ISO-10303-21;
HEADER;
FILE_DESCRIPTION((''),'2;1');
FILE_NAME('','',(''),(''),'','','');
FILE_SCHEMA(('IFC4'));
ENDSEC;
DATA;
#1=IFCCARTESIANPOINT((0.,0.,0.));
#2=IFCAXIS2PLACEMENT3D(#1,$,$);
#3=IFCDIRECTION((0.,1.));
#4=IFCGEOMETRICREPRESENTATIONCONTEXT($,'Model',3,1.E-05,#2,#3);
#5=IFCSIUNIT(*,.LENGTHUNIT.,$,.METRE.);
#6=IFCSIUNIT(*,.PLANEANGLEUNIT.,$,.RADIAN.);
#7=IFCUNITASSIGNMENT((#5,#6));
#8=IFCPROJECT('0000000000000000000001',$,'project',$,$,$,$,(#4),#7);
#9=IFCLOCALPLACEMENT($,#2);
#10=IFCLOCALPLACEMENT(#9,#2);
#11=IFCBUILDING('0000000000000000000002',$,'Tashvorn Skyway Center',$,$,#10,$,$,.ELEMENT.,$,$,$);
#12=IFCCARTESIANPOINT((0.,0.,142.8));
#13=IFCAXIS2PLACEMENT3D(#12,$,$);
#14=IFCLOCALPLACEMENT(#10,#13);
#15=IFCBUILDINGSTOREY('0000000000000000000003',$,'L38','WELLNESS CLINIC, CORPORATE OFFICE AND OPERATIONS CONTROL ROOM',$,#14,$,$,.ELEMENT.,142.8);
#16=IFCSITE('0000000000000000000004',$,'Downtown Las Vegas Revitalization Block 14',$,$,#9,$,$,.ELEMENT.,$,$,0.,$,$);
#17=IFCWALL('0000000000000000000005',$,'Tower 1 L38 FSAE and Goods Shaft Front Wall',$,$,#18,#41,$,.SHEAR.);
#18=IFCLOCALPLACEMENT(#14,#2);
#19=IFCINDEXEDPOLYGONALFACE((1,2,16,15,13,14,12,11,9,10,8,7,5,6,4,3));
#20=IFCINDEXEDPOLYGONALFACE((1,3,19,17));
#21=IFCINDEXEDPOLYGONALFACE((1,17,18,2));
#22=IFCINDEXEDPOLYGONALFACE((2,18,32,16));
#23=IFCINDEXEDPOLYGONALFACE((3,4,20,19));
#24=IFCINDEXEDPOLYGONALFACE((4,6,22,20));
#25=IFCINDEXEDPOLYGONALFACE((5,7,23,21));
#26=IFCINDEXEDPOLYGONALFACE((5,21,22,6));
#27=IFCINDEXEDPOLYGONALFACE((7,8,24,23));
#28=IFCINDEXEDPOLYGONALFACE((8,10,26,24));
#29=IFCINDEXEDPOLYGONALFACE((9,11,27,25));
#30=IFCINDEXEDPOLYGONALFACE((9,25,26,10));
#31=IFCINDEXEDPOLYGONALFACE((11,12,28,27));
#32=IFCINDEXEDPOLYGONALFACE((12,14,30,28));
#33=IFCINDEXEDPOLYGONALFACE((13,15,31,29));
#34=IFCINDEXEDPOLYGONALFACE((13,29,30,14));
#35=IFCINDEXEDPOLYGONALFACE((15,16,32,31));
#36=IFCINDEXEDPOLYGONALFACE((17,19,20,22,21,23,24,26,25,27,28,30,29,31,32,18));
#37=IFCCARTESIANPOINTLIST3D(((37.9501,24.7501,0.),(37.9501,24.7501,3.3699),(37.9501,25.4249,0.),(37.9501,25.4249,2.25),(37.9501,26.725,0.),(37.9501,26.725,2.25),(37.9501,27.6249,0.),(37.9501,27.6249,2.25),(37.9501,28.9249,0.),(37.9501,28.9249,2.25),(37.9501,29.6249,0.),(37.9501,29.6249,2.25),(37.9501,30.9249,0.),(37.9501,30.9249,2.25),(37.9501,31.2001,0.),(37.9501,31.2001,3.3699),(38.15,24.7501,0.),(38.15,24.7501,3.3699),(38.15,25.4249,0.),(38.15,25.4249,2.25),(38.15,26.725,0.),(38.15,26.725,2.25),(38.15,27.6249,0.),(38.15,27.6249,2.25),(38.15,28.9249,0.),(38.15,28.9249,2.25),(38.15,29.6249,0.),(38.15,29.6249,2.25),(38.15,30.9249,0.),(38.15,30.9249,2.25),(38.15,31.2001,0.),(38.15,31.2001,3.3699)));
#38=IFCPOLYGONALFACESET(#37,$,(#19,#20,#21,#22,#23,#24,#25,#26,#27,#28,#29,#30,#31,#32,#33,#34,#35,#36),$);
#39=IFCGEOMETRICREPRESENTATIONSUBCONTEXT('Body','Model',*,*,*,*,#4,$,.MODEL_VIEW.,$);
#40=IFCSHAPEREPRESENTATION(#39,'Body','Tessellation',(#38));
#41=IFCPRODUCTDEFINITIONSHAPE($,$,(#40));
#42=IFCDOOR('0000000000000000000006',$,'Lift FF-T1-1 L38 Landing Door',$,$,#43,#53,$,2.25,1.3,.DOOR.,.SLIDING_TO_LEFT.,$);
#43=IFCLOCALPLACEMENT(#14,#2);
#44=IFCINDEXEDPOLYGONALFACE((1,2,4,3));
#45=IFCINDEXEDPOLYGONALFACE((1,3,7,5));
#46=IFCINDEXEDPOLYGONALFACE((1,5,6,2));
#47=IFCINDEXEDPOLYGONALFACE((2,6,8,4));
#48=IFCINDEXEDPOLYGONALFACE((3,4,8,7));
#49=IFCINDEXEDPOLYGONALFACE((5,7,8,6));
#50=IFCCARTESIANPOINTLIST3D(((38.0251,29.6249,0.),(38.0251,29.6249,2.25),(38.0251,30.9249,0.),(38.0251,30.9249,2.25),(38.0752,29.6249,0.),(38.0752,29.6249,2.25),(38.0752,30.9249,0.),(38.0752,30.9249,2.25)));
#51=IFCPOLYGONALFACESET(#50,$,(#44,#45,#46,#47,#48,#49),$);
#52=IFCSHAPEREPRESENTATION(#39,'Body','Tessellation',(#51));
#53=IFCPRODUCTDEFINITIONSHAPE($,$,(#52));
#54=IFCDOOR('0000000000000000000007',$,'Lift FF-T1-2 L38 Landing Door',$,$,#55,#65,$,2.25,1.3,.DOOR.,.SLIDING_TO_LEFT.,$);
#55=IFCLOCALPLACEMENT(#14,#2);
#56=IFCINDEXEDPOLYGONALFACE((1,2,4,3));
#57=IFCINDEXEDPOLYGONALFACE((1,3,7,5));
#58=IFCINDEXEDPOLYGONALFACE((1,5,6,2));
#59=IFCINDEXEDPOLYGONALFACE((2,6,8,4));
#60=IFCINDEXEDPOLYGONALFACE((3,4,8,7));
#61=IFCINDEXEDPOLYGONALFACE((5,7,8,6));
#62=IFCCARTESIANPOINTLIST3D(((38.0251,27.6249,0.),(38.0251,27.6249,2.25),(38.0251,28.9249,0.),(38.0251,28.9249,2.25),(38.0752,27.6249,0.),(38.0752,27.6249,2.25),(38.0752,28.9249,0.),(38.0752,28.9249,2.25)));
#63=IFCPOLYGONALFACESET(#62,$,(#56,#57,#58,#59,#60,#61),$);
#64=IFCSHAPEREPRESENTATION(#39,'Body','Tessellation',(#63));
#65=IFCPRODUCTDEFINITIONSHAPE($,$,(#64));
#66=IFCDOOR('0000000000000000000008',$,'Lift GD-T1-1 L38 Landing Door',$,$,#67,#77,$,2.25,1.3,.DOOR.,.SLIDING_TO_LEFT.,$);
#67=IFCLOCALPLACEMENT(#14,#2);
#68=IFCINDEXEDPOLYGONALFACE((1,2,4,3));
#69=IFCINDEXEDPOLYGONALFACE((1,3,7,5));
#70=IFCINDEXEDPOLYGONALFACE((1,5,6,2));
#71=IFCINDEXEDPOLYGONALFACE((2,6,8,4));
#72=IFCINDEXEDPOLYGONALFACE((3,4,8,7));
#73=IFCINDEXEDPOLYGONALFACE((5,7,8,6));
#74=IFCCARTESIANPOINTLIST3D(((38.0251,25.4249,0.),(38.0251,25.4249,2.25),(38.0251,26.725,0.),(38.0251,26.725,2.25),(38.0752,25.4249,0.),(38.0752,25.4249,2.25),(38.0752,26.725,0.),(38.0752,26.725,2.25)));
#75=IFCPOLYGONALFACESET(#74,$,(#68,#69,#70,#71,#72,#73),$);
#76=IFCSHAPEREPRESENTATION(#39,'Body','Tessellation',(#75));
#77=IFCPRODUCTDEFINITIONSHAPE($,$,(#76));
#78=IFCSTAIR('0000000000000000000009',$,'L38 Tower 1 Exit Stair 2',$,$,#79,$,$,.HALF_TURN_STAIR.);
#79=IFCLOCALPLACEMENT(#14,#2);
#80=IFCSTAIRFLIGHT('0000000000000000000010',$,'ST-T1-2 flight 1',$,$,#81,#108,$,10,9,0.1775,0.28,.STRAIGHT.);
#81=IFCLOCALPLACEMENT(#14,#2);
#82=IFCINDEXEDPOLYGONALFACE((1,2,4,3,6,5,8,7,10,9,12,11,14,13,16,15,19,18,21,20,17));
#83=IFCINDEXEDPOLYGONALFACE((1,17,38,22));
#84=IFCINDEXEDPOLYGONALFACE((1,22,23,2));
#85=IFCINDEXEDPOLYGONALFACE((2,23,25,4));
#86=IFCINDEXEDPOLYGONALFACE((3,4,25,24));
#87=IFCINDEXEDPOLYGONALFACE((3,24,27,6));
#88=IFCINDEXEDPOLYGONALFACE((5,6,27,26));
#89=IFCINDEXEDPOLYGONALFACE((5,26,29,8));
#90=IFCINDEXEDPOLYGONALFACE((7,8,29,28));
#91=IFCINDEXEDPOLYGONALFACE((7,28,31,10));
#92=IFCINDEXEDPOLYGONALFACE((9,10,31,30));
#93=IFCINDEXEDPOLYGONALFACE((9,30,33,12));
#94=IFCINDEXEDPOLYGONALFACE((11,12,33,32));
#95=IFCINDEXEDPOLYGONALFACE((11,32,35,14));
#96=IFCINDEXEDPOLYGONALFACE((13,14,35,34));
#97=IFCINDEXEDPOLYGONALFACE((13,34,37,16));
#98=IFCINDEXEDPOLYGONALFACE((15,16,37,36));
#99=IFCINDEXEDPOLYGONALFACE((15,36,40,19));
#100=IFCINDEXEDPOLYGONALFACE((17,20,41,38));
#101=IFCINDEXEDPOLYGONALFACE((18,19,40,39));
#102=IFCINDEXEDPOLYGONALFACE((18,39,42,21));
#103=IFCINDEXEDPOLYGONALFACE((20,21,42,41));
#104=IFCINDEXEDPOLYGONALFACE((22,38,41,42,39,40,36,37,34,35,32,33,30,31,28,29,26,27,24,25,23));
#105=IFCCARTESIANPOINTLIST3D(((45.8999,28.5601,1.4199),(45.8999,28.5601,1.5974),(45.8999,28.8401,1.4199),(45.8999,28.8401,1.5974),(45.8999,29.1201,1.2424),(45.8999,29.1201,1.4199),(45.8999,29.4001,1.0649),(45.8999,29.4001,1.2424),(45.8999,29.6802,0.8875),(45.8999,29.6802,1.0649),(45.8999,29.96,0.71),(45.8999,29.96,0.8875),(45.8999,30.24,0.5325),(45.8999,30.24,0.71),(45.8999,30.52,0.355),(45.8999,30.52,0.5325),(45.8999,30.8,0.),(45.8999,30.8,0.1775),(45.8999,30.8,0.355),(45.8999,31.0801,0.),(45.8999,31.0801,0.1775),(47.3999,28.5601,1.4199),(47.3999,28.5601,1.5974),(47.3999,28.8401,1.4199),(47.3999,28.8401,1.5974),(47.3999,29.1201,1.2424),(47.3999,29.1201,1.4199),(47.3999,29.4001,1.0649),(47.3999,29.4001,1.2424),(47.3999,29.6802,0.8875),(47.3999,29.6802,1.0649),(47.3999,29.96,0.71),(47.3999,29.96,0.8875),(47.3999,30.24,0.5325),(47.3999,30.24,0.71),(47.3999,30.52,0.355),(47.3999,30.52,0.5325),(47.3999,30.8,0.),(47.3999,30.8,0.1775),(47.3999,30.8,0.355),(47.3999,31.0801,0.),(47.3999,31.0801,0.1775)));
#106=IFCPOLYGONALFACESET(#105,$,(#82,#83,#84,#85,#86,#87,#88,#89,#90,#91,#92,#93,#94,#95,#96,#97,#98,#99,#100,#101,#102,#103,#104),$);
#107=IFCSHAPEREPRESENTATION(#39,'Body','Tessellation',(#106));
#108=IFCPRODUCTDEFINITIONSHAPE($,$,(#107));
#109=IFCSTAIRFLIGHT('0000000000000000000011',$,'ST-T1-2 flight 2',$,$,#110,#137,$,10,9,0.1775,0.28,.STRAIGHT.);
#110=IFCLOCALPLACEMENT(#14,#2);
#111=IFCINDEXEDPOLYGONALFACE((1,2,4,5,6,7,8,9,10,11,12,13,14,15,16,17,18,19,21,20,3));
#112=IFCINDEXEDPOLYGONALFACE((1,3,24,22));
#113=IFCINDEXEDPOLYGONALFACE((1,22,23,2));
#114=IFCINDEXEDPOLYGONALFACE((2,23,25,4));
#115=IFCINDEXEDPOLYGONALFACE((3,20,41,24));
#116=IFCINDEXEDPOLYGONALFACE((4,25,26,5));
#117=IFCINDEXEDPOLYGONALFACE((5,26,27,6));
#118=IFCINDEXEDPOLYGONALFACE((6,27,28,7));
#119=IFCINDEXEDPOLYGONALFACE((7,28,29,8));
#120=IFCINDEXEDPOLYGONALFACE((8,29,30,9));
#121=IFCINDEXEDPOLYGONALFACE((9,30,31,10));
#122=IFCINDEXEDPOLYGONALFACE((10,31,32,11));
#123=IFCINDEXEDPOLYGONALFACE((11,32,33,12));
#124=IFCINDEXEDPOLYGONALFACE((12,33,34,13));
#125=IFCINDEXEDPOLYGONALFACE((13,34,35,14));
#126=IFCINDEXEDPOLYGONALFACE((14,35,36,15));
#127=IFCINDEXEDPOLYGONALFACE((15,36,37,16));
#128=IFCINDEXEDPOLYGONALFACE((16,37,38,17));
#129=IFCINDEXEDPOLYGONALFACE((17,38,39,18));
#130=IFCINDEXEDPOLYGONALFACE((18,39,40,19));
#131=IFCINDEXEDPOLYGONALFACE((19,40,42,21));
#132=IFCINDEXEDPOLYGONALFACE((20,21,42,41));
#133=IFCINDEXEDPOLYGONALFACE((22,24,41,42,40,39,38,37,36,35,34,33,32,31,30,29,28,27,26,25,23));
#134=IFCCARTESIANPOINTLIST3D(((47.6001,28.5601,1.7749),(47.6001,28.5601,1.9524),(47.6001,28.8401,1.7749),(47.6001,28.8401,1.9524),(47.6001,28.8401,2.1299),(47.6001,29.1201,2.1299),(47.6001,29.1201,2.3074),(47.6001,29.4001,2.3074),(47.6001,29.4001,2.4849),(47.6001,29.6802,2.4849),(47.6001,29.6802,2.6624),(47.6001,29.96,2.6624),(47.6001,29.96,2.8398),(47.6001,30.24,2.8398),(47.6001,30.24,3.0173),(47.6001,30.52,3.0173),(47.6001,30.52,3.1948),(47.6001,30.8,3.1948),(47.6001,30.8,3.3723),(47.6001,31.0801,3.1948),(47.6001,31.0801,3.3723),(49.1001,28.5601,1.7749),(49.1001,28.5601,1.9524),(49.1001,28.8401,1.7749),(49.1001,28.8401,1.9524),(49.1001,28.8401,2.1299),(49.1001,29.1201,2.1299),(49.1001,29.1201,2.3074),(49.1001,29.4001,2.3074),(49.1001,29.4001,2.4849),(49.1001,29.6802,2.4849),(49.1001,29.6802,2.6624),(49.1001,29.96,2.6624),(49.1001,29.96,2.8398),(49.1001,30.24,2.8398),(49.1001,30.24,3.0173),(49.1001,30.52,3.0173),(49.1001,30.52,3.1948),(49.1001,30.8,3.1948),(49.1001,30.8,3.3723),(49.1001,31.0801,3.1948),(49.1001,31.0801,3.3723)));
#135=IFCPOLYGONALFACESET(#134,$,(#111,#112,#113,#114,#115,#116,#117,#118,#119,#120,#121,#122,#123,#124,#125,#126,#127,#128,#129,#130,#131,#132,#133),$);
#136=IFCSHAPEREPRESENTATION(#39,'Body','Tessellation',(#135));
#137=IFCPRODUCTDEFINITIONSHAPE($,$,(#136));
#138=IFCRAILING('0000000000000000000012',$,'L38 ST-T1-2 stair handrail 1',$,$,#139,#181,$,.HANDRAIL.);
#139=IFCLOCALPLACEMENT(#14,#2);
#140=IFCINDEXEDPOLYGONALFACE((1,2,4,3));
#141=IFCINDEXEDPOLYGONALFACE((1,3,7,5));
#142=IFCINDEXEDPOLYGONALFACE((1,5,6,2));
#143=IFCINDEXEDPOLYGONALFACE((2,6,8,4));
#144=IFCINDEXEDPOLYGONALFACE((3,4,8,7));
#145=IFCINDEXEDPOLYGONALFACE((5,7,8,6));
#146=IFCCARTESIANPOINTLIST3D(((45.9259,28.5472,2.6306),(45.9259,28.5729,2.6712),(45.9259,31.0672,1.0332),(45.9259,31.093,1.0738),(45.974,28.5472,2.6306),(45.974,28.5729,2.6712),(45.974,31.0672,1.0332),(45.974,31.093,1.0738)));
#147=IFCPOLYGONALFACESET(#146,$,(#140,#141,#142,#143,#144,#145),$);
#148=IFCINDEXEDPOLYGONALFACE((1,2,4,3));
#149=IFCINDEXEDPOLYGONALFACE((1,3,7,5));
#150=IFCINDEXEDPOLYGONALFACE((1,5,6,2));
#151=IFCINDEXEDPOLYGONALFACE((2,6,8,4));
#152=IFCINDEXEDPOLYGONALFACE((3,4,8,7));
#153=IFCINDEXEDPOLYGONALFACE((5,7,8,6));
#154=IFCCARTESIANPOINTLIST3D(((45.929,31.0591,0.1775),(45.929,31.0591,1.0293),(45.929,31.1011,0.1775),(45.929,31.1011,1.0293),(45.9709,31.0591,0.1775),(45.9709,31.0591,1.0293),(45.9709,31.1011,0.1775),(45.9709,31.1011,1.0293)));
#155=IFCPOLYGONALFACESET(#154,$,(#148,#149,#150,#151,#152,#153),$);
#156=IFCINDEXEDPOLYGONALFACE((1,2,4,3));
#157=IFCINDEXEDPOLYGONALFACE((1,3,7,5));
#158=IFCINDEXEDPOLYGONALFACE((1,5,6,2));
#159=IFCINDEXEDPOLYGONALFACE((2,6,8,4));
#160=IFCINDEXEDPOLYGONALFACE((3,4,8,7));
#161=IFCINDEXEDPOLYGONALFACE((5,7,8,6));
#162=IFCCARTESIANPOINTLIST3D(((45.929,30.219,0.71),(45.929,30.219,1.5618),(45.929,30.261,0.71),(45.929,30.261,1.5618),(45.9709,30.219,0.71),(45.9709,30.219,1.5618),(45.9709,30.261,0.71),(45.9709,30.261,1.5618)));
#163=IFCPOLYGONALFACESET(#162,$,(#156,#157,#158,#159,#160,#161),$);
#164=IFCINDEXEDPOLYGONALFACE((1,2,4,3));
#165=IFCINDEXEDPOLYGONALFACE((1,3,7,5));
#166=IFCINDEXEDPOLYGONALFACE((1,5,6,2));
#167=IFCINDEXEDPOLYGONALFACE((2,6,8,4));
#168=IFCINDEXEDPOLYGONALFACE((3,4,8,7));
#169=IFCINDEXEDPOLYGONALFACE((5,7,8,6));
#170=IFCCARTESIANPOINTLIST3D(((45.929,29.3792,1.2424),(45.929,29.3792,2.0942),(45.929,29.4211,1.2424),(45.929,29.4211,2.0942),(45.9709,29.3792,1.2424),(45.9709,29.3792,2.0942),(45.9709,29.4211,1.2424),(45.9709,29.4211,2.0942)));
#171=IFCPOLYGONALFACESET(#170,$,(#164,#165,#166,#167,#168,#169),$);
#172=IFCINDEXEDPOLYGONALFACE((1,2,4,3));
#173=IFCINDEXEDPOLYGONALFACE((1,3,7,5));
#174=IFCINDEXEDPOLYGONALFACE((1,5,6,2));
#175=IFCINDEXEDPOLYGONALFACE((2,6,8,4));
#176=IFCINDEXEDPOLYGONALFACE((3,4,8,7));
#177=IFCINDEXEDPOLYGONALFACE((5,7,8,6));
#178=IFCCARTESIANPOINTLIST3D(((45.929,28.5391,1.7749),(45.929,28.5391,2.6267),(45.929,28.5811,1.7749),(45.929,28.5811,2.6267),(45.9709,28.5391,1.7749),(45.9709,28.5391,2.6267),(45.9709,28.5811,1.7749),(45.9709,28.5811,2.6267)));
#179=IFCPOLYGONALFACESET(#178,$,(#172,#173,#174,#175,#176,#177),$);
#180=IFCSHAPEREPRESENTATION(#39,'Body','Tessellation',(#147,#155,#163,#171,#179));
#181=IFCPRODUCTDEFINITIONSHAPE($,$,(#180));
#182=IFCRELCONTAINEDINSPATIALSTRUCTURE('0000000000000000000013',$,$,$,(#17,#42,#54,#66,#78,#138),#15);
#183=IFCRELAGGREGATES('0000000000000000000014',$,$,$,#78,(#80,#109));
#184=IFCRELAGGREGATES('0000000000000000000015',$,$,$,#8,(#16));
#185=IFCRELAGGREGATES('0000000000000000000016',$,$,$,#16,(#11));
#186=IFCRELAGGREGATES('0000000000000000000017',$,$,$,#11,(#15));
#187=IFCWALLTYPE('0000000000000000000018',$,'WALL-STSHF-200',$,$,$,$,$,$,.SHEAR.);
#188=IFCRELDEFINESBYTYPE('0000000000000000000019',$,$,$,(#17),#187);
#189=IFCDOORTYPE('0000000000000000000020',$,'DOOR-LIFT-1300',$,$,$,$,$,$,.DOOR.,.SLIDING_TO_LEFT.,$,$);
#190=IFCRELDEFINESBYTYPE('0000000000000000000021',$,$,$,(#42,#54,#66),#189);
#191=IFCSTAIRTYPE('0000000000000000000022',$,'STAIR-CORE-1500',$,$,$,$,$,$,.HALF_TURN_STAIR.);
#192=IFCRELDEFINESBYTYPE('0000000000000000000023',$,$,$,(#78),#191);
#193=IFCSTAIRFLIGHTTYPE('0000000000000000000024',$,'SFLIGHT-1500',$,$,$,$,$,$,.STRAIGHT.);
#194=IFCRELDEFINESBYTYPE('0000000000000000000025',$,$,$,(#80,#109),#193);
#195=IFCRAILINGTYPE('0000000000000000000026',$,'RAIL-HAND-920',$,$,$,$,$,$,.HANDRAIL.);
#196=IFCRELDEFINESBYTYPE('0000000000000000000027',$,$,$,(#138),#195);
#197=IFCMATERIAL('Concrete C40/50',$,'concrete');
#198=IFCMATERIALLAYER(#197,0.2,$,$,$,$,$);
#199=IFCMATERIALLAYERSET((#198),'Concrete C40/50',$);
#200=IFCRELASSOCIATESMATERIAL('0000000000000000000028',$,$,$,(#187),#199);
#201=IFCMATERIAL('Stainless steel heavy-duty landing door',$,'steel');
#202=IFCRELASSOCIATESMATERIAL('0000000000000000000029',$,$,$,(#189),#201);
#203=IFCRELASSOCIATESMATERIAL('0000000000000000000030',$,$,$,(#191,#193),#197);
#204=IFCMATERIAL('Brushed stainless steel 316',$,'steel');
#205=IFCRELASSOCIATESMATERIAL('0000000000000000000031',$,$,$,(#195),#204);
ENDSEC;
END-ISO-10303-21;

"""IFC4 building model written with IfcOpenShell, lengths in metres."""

from ifc_helpers import new_model, si_unit, direction, frame, frame_2d, origin, origin_2d, place, context, subcontext, project, spatial, polyline, rectangle, outline, extrude, material, layer, layer_set, type_object, element, fill, aggregate, save


model = new_model("IFC4")

# Units and contexts
model_context = context("Model", 3, precision=1e-05, world=origin(), true_north=direction((0.0, 1.0)))
body_context = subcontext(model_context, "Body", "Model", "MODEL_VIEW")
ifc_project = project(units=[si_unit("LENGTHUNIT", "METRE"), si_unit("PLANEANGLEUNIT", "RADIAN")], contexts=[model_context])

# Site, building, storey
site_placement = place(None, origin())
site = spatial("IfcSite", under=ifc_project, at=site_placement, Name="Downtown Las Vegas Revitalization Block 14", CompositionType="ELEMENT", RefElevation=0.0)
building_placement = place(site_placement, origin())
building = spatial("IfcBuilding", under=site, at=building_placement, Name="Tashvorn Skyway Center", CompositionType="ELEMENT")
storey_placement = place(building_placement, frame((0.0, 0.0, 142.8)))
storey = spatial("IfcBuildingStorey", under=building, at=storey_placement, Name="L38", Description="WELLNESS CLINIC, CORPORATE OFFICE AND OPERATIONS CONTROL ROOM", CompositionType="ELEMENT", Elevation=142.8)

# Shared definitions
ifc_material_1 = material(Name="Concrete C40/50", Category="concrete")

# Shared definitions
ifc_layer_1 = layer(ifc_material_1, 0.2)
ifc_layer_set_1 = layer_set([ifc_layer_1], Name="Concrete C40/50")
wall_type_1 = type_object("IfcWallType", Name="WALL-STSHF-200", PredefinedType="SHEAR", material=ifc_layer_set_1)

# Wall, openings, doors
wall_1_placement = place(storey_placement, frame((38.05, 24.75, 0.0), z_axis=(0.0, 0.0, 1.0), x_axis=(0.0, 1.0, 0.0)))
wall_1 = element("IfcWall", 1, at=wall_1_placement, inside=storey, type_object=wall_type_1, Name="Tower 1 L38 FSAE and Goods Shaft Front Wall", PredefinedType="SHEAR", context=body_context, shape_type="SweptSolid", body=[
    extrude(rectangle(XDim=6.45, YDim=0.2, at=frame_2d((3.2251, 0.0))), origin(), (0.0, 0.0, 1.0), 3.3699),
])
opening_1_placement = place(wall_1_placement, frame((4.875, 0.0, 0.0)))
opening_1 = element("IfcOpeningElement", 2, at=opening_1_placement, cuts=wall_1, PredefinedType="OPENING", context=body_context, shape_type="SweptSolid", body=[
    extrude(rectangle(XDim=1.3, YDim=2.25, at=frame_2d((0.6499, 1.125))), frame((0.0, 0.1099, 0.0), z_axis=(0.0, -1.0, 0.0), x_axis=(1.0, 0.0, 0.0)), (0.0, 0.0, 1.0), 0.22),
])
opening_2_placement = place(wall_1_placement, frame((2.875, 0.0, 0.0)))
opening_2 = element("IfcOpeningElement", 3, at=opening_2_placement, cuts=wall_1, PredefinedType="OPENING", context=body_context, shape_type="SweptSolid", body=[
    extrude(rectangle(XDim=1.3, YDim=2.25, at=frame_2d((0.6499, 1.125))), frame((0.0, 0.1099, 0.0), z_axis=(0.0, -1.0, 0.0), x_axis=(1.0, 0.0, 0.0)), (0.0, 0.0, 1.0), 0.22),
])
opening_3_placement = place(wall_1_placement, frame((0.675, 0.0, 0.0)))
opening_3 = element("IfcOpeningElement", 4, at=opening_3_placement, cuts=wall_1, PredefinedType="OPENING", context=body_context, shape_type="SweptSolid", body=[
    extrude(rectangle(XDim=1.3, YDim=2.25, at=frame_2d((0.6499, 1.125))), frame((0.0, 0.1099, 0.0), z_axis=(0.0, -1.0, 0.0), x_axis=(1.0, 0.0, 0.0)), (0.0, 0.0, 1.0), 0.22),
])
ifc_material_2 = material(Name="Stainless steel heavy-duty landing door", Category="steel")
door_type_1 = type_object("IfcDoorType", Name="DOOR-LIFT-1300", OperationType="SLIDING_TO_LEFT", PredefinedType="DOOR", material=ifc_material_2)
door_1_placement = place(opening_1_placement, origin())
door_1 = element("IfcDoor", 5, at=door_1_placement, inside=storey, type_object=door_type_1, Name="Lift FF-T1-1 L38 Landing Door", OperationType="SLIDING_TO_LEFT", OverallHeight=2.25, OverallWidth=1.3, PredefinedType="DOOR", context=body_context, shape_type="SweptSolid", body=[
    extrude(rectangle(XDim=1.3, YDim=2.25, at=frame_2d((0.6499, 1.125))), frame((0.0, 0.0249, 0.0), z_axis=(0.0, -1.0, 0.0), x_axis=(1.0, 0.0, 0.0)), (0.0, 0.0, 1.0), 0.05),
])
fill(opening_1, door_1)
door_2_placement = place(opening_2_placement, origin())
door_2 = element("IfcDoor", 6, at=door_2_placement, inside=storey, type_object=door_type_1, Name="Lift FF-T1-2 L38 Landing Door", OperationType="SLIDING_TO_LEFT", OverallHeight=2.25, OverallWidth=1.3, PredefinedType="DOOR", context=body_context, shape_type="SweptSolid", body=[
    extrude(rectangle(XDim=1.3, YDim=2.25, at=frame_2d((0.6499, 1.125))), frame((0.0, 0.0249, 0.0), z_axis=(0.0, -1.0, 0.0), x_axis=(1.0, 0.0, 0.0)), (0.0, 0.0, 1.0), 0.05),
])
fill(opening_2, door_2)
door_3_placement = place(opening_3_placement, origin())
door_3 = element("IfcDoor", 7, at=door_3_placement, inside=storey, type_object=door_type_1, Name="Lift GD-T1-1 L38 Landing Door", OperationType="SLIDING_TO_LEFT", OverallHeight=2.25, OverallWidth=1.3, PredefinedType="DOOR", context=body_context, shape_type="SweptSolid", body=[
    extrude(rectangle(XDim=1.3, YDim=2.25, at=frame_2d((0.6499, 1.125))), frame((0.0, 0.0249, 0.0), z_axis=(0.0, -1.0, 0.0), x_axis=(1.0, 0.0, 0.0)), (0.0, 0.0, 1.0), 0.05),
])
fill(opening_3, door_3)

# Stair, stair flights
stair_type = type_object("IfcStairType", Name="STAIR-CORE-1500", PredefinedType="HALF_TURN_STAIR", material=ifc_material_1)
stair_placement = place(storey_placement, origin())
stair = element("IfcStair", 8, at=stair_placement, inside=storey, type_object=stair_type, Name="L38 Tower 1 Exit Stair 2", PredefinedType="HALF_TURN_STAIR")
stair_flight_type = type_object("IfcStairFlightType", Name="SFLIGHT-1500", PredefinedType="STRAIGHT", material=ifc_material_1)
stair_flight_1_placement = place(storey_placement, frame((46.6499, 31.0801, 0.0), z_axis=(0.0, 0.0, 1.0), x_axis=(0.0, -1.0, 0.0)))
stair_flight_1 = element("IfcStairFlight", 9, at=stair_flight_1_placement, type_object=stair_flight_type, Name="ST-T1-2 flight 1", NumberOfRisers=10, NumberOfTreads=9, PredefinedType="STRAIGHT", RiserHeight=0.1775, TreadLength=0.28, context=body_context, shape_type="SweptSolid", body=[
    extrude(outline(polyline([(0.0, 0.0), (0.0, 0.1775), (0.28, 0.1775), (0.28, 0.355), (0.5601, 0.355), (0.5601, 0.5325), (0.8401, 0.5325), (0.8401, 0.71), (1.1201, 0.71), (1.1201, 0.8875), (1.3999, 0.8875), (1.3999, 1.0649), (1.6799, 1.0649), (1.6799, 1.2424), (1.96, 1.2424), (1.96, 1.4199), (2.24, 1.4199), (2.24, 1.5974), (2.52, 1.5974), (2.52, 1.7749), (2.52, 1.4199), (0.28, 0.0), (0.0, 0.0)])), frame((0.0, 0.75, 0.0), z_axis=(0.0, -1.0, 0.0), x_axis=(1.0, 0.0, 0.0)), (0.0, 0.0, 1.0), 1.5),
])
stair_flight_2_placement = place(storey_placement, frame((48.3501, 28.5601, 1.7749), z_axis=(0.0, 0.0, 1.0), x_axis=(0.0, 1.0, 0.0)))
stair_flight_2 = element("IfcStairFlight", 10, at=stair_flight_2_placement, type_object=stair_flight_type, Name="ST-T1-2 flight 2", NumberOfRisers=10, NumberOfTreads=9, PredefinedType="STRAIGHT", RiserHeight=0.1775, TreadLength=0.28, context=body_context, shape_type="SweptSolid", body=[
    extrude(outline(polyline([(0.0, 0.0), (0.0, 0.1775), (0.28, 0.1775), (0.28, 0.355), (0.5601, 0.355), (0.5601, 0.5325), (0.8401, 0.5325), (0.8401, 0.71), (1.1201, 0.71), (1.1201, 0.8875), (1.3999, 0.8875), (1.3999, 1.0649), (1.6799, 1.0649), (1.6799, 1.2424), (1.96, 1.2424), (1.96, 1.4199), (2.24, 1.4199), (2.24, 1.5974), (2.52, 1.5974), (2.52, 1.7749), (2.52, 1.4199), (0.28, 0.0), (0.0, 0.0)])), frame((0.0, 0.75, 0.0), z_axis=(0.0, -1.0, 0.0), x_axis=(1.0, 0.0, 0.0)), (0.0, 0.0, 1.0), 1.5),
])
aggregate(stair, [stair_flight_1, stair_flight_2])

# Railing
ifc_material_3 = material(Name="Brushed stainless steel 316", Category="steel")
railing_type_1 = type_object("IfcRailingType", Name="RAIL-HAND-920", PredefinedType="HANDRAIL", material=ifc_material_3)
railing_1_placement = place(storey_placement, frame((45.95, 31.0801, 0.1775)))
element("IfcRailing", 11, at=railing_1_placement, inside=storey, type_object=railing_type_1, Name="L38 ST-T1-2 stair handrail 1", PredefinedType="HANDRAIL", context=body_context, shape_type="SweptSolid", body=[
    extrude(rectangle(XDim=0.0481, YDim=0.0481, at=origin_2d()), frame((0.0, 0.0, 0.876), z_axis=(0.0, -0.844607, 0.535387), x_axis=(1.0, 0.0, 0.0)), (0.0, 0.0, 1.0), 2.9836),
    extrude(rectangle(XDim=0.042, YDim=0.042, at=origin_2d()), origin(), (0.0, 0.0, 1.0), 0.8518),
    extrude(rectangle(XDim=0.042, YDim=0.042, at=origin_2d()), frame((0.0, -0.8401, 0.5325)), (0.0, 0.0, 1.0), 0.8518),
    extrude(rectangle(XDim=0.042, YDim=0.042, at=origin_2d()), frame((0.0, -1.6799, 1.0649)), (0.0, 0.0, 1.0), 0.8518),
    extrude(rectangle(XDim=0.042, YDim=0.042, at=origin_2d()), frame((0.0, -2.52, 1.5974)), (0.0, 0.0, 1.0), 0.8518),
])

save(model, "model.ifc")
